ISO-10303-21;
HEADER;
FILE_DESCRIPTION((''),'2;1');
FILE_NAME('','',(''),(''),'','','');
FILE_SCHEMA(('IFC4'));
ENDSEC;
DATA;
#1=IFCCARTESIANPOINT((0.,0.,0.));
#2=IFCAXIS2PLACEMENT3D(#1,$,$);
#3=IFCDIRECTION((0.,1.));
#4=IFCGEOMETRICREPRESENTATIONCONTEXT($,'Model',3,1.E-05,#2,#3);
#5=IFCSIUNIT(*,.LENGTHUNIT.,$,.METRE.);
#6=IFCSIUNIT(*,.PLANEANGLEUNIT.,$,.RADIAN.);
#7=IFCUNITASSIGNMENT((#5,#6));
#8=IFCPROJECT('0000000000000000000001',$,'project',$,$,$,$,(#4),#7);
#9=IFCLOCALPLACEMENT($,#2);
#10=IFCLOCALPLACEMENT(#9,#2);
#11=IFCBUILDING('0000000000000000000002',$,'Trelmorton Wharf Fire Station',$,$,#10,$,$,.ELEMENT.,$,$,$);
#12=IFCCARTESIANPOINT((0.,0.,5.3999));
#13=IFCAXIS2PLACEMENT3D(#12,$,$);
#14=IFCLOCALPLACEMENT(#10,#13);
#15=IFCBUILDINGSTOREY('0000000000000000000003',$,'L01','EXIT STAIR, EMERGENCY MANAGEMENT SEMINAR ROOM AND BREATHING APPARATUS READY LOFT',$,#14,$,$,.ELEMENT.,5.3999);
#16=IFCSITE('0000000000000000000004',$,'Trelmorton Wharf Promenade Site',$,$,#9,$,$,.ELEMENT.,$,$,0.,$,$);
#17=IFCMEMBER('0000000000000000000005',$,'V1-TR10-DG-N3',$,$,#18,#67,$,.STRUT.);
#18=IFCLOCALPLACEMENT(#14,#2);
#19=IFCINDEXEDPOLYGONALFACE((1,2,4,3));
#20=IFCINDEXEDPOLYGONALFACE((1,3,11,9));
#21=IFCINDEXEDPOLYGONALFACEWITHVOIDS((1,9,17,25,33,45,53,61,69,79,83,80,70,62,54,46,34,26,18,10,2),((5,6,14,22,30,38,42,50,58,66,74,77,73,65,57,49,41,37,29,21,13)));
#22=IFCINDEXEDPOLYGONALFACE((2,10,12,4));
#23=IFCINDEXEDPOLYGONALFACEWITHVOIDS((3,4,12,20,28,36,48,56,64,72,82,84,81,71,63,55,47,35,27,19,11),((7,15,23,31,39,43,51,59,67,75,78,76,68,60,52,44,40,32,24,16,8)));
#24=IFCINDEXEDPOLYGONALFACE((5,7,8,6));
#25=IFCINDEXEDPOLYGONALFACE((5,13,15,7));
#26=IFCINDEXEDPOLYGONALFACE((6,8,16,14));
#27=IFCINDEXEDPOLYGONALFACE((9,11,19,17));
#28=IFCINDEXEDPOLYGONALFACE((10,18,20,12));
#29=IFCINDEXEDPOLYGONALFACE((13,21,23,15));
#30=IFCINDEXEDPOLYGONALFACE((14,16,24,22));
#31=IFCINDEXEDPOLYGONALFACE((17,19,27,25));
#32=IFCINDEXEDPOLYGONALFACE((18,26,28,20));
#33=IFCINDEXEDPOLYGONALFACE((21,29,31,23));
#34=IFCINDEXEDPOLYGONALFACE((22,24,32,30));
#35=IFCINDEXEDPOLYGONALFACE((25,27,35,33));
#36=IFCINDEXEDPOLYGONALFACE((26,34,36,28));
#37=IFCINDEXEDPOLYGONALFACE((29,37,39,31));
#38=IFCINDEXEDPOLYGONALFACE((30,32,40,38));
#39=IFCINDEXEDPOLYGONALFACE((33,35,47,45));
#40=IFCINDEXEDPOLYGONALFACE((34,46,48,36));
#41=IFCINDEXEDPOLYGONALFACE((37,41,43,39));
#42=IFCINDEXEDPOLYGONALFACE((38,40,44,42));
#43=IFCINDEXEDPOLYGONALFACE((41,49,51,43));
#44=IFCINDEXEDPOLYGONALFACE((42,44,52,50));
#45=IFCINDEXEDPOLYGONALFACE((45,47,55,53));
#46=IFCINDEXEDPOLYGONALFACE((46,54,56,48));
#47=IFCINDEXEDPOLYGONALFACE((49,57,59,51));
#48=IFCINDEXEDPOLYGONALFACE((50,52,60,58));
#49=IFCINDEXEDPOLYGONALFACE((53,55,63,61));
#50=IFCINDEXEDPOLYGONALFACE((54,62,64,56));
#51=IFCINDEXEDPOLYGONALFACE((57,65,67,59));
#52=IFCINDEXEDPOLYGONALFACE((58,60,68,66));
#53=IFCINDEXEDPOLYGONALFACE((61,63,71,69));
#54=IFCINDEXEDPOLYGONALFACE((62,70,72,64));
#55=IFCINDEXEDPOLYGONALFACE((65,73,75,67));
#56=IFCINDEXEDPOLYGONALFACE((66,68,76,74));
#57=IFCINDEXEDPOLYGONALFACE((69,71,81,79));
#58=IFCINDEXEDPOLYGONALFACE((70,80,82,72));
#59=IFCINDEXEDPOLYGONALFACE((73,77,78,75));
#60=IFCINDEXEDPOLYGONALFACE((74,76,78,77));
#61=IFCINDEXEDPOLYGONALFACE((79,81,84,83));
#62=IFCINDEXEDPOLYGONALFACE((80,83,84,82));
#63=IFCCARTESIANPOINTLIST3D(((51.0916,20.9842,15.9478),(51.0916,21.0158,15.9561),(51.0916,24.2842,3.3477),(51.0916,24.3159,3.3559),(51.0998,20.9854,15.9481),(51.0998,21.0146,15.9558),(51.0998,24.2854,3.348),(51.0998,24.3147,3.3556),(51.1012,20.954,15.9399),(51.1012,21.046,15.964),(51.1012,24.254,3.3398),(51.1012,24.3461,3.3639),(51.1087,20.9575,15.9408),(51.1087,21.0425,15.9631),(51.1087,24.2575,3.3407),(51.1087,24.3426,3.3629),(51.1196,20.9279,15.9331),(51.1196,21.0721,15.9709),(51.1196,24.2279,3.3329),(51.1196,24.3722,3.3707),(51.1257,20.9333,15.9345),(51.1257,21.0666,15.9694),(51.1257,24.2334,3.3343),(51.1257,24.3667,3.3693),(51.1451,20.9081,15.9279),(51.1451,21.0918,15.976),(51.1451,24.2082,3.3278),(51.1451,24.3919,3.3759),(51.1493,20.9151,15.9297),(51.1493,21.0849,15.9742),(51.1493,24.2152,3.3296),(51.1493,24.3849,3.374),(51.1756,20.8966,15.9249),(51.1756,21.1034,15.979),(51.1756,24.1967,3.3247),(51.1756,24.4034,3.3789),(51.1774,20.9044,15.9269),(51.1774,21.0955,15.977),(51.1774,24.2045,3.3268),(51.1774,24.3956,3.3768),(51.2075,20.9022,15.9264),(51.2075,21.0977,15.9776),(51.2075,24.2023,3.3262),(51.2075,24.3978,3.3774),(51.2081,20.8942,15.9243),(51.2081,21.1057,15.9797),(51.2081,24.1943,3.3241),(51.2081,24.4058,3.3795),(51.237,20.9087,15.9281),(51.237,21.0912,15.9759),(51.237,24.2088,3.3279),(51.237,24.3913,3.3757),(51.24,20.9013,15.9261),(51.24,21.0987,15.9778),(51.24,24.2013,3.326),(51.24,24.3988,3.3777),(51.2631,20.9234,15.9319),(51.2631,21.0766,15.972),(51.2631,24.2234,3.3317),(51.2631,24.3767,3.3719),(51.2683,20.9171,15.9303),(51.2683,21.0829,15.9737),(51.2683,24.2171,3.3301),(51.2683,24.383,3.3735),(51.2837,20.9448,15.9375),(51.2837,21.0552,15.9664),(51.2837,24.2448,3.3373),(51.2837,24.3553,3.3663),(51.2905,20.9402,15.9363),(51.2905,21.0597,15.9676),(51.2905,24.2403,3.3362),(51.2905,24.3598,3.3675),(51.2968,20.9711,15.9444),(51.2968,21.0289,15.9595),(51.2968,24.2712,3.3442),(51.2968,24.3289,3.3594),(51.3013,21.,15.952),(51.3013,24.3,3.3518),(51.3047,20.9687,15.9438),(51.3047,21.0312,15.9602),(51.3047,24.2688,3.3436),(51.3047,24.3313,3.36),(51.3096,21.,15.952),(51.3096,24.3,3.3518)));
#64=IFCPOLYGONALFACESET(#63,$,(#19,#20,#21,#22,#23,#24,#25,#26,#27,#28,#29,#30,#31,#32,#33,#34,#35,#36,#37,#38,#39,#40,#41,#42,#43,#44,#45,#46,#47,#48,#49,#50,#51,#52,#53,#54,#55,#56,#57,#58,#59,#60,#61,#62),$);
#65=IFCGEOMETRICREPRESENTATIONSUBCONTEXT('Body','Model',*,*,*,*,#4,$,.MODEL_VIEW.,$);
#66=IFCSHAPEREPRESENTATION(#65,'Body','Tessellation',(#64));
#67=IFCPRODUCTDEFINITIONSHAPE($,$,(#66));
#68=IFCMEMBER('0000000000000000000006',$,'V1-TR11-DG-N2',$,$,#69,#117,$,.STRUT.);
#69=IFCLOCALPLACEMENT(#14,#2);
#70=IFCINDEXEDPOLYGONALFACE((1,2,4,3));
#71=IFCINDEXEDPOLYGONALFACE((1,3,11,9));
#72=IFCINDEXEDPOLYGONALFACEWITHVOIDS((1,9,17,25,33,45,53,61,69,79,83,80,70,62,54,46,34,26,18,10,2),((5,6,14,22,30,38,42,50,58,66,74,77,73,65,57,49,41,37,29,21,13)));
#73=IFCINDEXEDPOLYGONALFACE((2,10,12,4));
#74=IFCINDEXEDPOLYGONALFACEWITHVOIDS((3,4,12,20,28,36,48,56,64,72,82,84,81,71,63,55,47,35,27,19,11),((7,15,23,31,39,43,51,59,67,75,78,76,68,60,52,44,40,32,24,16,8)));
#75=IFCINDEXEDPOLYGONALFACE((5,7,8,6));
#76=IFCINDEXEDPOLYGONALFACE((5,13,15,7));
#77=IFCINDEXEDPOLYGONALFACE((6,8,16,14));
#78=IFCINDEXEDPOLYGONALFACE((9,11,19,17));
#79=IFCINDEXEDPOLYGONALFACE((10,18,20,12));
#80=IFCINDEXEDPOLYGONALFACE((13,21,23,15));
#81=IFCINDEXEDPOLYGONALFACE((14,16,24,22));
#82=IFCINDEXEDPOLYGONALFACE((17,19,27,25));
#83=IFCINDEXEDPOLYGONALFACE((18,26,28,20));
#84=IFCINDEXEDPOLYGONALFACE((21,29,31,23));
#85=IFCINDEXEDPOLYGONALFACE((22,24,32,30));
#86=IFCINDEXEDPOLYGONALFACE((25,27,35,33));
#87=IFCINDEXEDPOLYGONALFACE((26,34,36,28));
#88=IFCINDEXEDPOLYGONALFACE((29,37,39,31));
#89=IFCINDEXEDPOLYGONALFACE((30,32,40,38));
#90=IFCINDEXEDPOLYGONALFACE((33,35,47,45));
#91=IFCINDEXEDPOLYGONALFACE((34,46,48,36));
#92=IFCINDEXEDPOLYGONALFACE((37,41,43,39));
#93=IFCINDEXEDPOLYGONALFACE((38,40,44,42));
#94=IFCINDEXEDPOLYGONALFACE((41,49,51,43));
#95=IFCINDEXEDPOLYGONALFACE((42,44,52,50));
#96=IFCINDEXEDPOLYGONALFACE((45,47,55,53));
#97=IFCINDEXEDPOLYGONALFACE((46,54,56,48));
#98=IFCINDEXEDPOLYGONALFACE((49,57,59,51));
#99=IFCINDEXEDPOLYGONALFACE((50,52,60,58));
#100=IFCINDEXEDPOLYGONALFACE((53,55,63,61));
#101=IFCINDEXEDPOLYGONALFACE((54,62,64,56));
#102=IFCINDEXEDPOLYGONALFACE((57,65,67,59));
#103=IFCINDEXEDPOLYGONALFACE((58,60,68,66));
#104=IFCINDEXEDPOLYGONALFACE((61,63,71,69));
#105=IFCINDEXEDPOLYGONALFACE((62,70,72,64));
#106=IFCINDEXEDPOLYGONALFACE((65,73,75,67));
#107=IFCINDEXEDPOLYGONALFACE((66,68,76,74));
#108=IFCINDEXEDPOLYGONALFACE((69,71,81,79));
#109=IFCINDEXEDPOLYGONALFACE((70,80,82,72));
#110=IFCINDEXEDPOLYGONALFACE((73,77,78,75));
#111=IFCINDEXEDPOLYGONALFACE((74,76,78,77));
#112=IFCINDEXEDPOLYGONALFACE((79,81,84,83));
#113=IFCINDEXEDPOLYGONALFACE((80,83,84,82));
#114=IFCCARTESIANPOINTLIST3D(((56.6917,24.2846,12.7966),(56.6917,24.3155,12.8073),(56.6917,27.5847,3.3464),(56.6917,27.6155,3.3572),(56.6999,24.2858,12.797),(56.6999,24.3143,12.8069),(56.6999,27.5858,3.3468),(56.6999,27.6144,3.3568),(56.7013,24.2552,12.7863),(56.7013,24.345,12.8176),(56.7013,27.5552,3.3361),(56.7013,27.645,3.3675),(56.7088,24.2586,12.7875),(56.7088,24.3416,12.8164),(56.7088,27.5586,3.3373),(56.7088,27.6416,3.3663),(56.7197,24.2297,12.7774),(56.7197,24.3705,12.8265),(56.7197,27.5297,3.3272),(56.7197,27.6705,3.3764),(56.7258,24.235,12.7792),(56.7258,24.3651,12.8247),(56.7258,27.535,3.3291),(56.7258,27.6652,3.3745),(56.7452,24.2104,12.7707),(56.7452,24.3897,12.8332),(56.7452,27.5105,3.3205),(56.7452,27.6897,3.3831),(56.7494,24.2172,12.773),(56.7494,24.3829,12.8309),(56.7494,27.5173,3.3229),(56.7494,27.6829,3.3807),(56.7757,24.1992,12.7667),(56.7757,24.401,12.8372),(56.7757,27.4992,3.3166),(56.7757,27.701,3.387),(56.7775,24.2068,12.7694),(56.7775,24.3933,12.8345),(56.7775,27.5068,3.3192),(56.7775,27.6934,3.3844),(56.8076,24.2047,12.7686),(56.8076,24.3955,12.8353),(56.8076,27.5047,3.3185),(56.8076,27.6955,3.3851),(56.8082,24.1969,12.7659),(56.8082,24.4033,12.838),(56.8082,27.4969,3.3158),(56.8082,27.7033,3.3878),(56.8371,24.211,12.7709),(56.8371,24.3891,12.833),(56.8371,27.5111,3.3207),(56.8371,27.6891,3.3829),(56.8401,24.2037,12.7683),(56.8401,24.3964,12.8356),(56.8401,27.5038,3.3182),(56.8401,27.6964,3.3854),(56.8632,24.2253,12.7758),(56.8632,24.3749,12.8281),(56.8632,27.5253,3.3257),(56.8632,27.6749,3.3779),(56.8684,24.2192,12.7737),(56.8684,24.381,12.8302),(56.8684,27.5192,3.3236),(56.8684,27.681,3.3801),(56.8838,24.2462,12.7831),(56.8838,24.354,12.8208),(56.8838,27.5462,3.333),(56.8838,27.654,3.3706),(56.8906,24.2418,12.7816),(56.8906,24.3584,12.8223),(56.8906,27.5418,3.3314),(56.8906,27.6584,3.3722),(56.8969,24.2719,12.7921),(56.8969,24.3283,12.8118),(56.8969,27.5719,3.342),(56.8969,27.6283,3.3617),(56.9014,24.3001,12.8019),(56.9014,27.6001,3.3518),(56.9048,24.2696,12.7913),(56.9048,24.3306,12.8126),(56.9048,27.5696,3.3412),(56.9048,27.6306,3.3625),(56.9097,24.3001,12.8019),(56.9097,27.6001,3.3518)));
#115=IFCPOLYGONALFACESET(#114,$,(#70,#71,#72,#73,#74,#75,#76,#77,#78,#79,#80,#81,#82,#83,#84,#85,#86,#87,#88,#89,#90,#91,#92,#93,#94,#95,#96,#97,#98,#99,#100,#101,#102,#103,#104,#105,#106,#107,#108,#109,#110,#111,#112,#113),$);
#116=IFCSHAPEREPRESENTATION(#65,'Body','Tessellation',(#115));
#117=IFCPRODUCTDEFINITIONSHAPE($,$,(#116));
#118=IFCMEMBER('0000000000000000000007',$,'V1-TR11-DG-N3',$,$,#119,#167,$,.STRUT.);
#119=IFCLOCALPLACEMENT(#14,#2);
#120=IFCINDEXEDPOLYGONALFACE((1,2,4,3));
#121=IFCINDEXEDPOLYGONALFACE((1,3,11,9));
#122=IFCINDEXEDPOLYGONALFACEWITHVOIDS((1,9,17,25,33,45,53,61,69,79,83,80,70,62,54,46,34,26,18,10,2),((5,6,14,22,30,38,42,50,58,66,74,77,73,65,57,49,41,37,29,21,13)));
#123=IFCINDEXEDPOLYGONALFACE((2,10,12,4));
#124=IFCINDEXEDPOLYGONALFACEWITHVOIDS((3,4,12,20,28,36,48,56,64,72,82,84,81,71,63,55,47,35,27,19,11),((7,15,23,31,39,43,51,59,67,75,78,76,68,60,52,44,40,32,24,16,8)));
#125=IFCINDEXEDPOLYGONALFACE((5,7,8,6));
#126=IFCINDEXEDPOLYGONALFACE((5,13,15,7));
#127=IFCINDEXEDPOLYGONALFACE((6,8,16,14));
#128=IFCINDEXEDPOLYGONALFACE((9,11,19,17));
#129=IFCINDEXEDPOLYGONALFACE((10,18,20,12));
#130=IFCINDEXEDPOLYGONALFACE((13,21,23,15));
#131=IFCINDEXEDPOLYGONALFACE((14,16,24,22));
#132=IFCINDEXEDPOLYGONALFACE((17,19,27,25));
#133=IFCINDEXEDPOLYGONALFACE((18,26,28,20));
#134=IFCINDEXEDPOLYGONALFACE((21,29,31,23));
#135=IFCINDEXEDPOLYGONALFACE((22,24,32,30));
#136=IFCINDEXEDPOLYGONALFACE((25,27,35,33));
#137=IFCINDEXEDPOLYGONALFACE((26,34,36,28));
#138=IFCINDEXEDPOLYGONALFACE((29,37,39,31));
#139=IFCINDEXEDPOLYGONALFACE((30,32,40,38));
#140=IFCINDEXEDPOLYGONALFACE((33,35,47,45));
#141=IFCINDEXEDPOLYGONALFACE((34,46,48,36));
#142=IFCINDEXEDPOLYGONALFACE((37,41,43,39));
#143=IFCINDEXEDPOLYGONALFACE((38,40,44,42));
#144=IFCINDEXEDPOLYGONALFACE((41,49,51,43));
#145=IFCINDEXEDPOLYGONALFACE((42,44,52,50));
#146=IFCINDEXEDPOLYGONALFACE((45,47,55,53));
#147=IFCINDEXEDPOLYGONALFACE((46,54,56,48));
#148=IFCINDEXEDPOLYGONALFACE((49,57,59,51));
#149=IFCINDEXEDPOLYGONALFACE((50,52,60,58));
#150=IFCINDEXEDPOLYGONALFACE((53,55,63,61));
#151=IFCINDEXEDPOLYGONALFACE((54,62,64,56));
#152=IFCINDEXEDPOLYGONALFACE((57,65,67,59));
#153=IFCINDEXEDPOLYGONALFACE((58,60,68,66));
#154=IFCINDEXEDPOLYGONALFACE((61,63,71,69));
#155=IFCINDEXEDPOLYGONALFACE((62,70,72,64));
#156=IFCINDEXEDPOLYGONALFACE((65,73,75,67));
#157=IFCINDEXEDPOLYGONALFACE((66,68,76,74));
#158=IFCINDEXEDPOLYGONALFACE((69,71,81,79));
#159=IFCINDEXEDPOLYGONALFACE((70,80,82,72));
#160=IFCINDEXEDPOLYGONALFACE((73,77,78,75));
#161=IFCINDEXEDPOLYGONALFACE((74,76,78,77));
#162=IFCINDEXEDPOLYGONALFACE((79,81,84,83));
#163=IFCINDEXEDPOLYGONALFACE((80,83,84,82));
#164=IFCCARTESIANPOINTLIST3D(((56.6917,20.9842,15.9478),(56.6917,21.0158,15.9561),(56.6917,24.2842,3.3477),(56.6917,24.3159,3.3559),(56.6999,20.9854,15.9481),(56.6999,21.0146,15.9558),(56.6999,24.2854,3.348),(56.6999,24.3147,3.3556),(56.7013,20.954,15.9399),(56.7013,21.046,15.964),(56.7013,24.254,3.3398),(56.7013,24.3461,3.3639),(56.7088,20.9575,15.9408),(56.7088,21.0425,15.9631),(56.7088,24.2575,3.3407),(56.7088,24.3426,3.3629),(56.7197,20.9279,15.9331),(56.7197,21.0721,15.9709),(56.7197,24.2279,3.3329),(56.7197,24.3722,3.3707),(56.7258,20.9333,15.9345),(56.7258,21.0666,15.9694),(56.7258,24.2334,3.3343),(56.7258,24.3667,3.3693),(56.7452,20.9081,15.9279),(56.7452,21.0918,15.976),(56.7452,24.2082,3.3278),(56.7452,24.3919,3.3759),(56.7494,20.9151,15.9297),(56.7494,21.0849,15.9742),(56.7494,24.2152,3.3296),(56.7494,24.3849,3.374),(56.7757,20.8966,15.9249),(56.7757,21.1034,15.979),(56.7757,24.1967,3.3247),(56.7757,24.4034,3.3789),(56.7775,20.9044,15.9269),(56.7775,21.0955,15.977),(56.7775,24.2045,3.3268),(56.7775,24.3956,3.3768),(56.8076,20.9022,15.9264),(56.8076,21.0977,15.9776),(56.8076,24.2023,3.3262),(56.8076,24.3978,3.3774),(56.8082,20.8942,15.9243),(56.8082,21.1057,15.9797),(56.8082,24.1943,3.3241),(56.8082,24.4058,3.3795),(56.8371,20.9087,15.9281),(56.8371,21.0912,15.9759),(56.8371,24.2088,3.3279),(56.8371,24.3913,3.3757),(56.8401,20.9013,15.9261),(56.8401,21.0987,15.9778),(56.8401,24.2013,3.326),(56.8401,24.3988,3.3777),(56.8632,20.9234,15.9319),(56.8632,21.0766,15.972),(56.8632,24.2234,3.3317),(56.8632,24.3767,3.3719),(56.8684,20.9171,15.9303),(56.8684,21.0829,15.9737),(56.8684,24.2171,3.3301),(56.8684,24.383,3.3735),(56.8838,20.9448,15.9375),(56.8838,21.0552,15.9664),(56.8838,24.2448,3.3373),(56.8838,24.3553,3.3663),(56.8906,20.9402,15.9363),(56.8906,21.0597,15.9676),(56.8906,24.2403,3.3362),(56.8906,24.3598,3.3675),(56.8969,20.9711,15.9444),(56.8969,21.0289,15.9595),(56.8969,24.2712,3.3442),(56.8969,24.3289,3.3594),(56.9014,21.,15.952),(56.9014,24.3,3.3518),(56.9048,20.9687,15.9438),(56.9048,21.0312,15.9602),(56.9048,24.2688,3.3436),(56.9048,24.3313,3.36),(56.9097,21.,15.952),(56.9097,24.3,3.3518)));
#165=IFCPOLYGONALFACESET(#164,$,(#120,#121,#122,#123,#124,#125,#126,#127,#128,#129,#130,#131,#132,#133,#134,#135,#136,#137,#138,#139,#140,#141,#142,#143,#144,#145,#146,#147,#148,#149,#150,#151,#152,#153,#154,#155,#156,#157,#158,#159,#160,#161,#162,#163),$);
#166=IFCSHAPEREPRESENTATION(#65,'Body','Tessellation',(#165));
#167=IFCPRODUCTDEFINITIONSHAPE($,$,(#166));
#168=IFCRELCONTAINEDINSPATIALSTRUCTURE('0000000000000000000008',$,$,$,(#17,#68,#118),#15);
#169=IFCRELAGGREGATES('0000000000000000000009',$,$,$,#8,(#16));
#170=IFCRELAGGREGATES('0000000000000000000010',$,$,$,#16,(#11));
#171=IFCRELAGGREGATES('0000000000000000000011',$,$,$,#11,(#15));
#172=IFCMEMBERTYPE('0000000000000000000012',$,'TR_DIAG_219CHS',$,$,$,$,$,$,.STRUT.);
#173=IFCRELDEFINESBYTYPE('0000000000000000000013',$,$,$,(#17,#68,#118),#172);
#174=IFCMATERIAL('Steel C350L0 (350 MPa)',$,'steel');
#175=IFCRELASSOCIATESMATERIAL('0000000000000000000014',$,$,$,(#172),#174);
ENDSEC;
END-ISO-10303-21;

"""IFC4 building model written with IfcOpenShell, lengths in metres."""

from ifc_helpers import new_model, si_unit, direction, frame, origin, origin_2d, place, context, subcontext, project, spatial, hollow_circle, extrude, material, material_profile, profile_set, type_object, element, save


model = new_model("IFC4")

# Units and contexts
model_context = context("Model", 3, precision=1e-05, world=origin(), true_north=direction((0.0, 1.0)))
body_context = subcontext(model_context, "Body", "Model", "MODEL_VIEW")
ifc_project = project(units=[si_unit("LENGTHUNIT", "METRE"), si_unit("PLANEANGLEUNIT", "RADIAN")], contexts=[model_context])

# Site, building, storey
site_placement = place(None, origin())
site = spatial("IfcSite", under=ifc_project, at=site_placement, Name="Trelmorton Wharf Promenade Site", CompositionType="ELEMENT", RefElevation=0.0)
building_placement = place(site_placement, origin())
building = spatial("IfcBuilding", under=site, at=building_placement, Name="Trelmorton Wharf Fire Station", CompositionType="ELEMENT")
storey_placement = place(building_placement, frame((0.0, 0.0, 5.3999)))
storey = spatial("IfcBuildingStorey", under=building, at=storey_placement, Name="L01", Description="EXIT STAIR, EMERGENCY MANAGEMENT SEMINAR ROOM AND BREATHING APPARATUS READY LOFT", CompositionType="ELEMENT", Elevation=5.3999)

# Members
ifc_material_1 = material(Name="Steel C350L0 (350 MPa)", Category="steel")
ifc_material_profile_1 = material_profile(ifc_material_1, hollow_circle(Radius=0.1096, WallThickness=0.0083, at=origin_2d()), Name="219.1x8.2CHS")
ifc_profile_set_1 = profile_set([ifc_material_profile_1], Name="Steel C350L0 (350 MPa)")
member_type_1 = type_object("IfcMemberType", Name="TR_DIAG_219CHS", PredefinedType="STRUT", material=ifc_profile_set_1)
member_1_placement = place(storey_placement, frame((51.2, 24.3, 3.3518), z_axis=(0.0, -0.253361, 0.967372), x_axis=(1.0, 0.0, 0.0)))
element("IfcMember", 1, at=member_1_placement, inside=storey, type_object=member_type_1, Name="V1-TR10-DG-N3", PredefinedType="STRUT", context=body_context, shape_type="SweptSolid", body=[
    extrude(hollow_circle(Radius=0.1096, WallThickness=0.0083, at=origin_2d()), origin(), (0.0, 0.0, 1.0), 13.0251),
])
member_2_placement = place(storey_placement, frame((56.8, 27.6001, 3.3518), z_axis=(0.0, -0.329681, 0.944092), x_axis=(1.0, 0.0, 0.0)))
element("IfcMember", 2, at=member_2_placement, inside=storey, type_object=member_type_1, Name="V1-TR11-DG-N2", PredefinedType="STRUT", context=body_context, shape_type="SweptSolid", body=[
    extrude(hollow_circle(Radius=0.1096, WallThickness=0.0083, at=origin_2d()), origin(), (0.0, 0.0, 1.0), 10.0098),
])
member_3_placement = place(storey_placement, frame((56.8, 24.3, 3.3518), z_axis=(0.0, -0.253361, 0.967372), x_axis=(1.0, 0.0, 0.0)))
element("IfcMember", 3, at=member_3_placement, inside=storey, type_object=member_type_1, Name="V1-TR11-DG-N3", PredefinedType="STRUT", context=body_context, shape_type="SweptSolid", body=[
    extrude(hollow_circle(Radius=0.1096, WallThickness=0.0083, at=origin_2d()), origin(), (0.0, 0.0, 1.0), 13.0251),
])

save(model, "model.ifc")
